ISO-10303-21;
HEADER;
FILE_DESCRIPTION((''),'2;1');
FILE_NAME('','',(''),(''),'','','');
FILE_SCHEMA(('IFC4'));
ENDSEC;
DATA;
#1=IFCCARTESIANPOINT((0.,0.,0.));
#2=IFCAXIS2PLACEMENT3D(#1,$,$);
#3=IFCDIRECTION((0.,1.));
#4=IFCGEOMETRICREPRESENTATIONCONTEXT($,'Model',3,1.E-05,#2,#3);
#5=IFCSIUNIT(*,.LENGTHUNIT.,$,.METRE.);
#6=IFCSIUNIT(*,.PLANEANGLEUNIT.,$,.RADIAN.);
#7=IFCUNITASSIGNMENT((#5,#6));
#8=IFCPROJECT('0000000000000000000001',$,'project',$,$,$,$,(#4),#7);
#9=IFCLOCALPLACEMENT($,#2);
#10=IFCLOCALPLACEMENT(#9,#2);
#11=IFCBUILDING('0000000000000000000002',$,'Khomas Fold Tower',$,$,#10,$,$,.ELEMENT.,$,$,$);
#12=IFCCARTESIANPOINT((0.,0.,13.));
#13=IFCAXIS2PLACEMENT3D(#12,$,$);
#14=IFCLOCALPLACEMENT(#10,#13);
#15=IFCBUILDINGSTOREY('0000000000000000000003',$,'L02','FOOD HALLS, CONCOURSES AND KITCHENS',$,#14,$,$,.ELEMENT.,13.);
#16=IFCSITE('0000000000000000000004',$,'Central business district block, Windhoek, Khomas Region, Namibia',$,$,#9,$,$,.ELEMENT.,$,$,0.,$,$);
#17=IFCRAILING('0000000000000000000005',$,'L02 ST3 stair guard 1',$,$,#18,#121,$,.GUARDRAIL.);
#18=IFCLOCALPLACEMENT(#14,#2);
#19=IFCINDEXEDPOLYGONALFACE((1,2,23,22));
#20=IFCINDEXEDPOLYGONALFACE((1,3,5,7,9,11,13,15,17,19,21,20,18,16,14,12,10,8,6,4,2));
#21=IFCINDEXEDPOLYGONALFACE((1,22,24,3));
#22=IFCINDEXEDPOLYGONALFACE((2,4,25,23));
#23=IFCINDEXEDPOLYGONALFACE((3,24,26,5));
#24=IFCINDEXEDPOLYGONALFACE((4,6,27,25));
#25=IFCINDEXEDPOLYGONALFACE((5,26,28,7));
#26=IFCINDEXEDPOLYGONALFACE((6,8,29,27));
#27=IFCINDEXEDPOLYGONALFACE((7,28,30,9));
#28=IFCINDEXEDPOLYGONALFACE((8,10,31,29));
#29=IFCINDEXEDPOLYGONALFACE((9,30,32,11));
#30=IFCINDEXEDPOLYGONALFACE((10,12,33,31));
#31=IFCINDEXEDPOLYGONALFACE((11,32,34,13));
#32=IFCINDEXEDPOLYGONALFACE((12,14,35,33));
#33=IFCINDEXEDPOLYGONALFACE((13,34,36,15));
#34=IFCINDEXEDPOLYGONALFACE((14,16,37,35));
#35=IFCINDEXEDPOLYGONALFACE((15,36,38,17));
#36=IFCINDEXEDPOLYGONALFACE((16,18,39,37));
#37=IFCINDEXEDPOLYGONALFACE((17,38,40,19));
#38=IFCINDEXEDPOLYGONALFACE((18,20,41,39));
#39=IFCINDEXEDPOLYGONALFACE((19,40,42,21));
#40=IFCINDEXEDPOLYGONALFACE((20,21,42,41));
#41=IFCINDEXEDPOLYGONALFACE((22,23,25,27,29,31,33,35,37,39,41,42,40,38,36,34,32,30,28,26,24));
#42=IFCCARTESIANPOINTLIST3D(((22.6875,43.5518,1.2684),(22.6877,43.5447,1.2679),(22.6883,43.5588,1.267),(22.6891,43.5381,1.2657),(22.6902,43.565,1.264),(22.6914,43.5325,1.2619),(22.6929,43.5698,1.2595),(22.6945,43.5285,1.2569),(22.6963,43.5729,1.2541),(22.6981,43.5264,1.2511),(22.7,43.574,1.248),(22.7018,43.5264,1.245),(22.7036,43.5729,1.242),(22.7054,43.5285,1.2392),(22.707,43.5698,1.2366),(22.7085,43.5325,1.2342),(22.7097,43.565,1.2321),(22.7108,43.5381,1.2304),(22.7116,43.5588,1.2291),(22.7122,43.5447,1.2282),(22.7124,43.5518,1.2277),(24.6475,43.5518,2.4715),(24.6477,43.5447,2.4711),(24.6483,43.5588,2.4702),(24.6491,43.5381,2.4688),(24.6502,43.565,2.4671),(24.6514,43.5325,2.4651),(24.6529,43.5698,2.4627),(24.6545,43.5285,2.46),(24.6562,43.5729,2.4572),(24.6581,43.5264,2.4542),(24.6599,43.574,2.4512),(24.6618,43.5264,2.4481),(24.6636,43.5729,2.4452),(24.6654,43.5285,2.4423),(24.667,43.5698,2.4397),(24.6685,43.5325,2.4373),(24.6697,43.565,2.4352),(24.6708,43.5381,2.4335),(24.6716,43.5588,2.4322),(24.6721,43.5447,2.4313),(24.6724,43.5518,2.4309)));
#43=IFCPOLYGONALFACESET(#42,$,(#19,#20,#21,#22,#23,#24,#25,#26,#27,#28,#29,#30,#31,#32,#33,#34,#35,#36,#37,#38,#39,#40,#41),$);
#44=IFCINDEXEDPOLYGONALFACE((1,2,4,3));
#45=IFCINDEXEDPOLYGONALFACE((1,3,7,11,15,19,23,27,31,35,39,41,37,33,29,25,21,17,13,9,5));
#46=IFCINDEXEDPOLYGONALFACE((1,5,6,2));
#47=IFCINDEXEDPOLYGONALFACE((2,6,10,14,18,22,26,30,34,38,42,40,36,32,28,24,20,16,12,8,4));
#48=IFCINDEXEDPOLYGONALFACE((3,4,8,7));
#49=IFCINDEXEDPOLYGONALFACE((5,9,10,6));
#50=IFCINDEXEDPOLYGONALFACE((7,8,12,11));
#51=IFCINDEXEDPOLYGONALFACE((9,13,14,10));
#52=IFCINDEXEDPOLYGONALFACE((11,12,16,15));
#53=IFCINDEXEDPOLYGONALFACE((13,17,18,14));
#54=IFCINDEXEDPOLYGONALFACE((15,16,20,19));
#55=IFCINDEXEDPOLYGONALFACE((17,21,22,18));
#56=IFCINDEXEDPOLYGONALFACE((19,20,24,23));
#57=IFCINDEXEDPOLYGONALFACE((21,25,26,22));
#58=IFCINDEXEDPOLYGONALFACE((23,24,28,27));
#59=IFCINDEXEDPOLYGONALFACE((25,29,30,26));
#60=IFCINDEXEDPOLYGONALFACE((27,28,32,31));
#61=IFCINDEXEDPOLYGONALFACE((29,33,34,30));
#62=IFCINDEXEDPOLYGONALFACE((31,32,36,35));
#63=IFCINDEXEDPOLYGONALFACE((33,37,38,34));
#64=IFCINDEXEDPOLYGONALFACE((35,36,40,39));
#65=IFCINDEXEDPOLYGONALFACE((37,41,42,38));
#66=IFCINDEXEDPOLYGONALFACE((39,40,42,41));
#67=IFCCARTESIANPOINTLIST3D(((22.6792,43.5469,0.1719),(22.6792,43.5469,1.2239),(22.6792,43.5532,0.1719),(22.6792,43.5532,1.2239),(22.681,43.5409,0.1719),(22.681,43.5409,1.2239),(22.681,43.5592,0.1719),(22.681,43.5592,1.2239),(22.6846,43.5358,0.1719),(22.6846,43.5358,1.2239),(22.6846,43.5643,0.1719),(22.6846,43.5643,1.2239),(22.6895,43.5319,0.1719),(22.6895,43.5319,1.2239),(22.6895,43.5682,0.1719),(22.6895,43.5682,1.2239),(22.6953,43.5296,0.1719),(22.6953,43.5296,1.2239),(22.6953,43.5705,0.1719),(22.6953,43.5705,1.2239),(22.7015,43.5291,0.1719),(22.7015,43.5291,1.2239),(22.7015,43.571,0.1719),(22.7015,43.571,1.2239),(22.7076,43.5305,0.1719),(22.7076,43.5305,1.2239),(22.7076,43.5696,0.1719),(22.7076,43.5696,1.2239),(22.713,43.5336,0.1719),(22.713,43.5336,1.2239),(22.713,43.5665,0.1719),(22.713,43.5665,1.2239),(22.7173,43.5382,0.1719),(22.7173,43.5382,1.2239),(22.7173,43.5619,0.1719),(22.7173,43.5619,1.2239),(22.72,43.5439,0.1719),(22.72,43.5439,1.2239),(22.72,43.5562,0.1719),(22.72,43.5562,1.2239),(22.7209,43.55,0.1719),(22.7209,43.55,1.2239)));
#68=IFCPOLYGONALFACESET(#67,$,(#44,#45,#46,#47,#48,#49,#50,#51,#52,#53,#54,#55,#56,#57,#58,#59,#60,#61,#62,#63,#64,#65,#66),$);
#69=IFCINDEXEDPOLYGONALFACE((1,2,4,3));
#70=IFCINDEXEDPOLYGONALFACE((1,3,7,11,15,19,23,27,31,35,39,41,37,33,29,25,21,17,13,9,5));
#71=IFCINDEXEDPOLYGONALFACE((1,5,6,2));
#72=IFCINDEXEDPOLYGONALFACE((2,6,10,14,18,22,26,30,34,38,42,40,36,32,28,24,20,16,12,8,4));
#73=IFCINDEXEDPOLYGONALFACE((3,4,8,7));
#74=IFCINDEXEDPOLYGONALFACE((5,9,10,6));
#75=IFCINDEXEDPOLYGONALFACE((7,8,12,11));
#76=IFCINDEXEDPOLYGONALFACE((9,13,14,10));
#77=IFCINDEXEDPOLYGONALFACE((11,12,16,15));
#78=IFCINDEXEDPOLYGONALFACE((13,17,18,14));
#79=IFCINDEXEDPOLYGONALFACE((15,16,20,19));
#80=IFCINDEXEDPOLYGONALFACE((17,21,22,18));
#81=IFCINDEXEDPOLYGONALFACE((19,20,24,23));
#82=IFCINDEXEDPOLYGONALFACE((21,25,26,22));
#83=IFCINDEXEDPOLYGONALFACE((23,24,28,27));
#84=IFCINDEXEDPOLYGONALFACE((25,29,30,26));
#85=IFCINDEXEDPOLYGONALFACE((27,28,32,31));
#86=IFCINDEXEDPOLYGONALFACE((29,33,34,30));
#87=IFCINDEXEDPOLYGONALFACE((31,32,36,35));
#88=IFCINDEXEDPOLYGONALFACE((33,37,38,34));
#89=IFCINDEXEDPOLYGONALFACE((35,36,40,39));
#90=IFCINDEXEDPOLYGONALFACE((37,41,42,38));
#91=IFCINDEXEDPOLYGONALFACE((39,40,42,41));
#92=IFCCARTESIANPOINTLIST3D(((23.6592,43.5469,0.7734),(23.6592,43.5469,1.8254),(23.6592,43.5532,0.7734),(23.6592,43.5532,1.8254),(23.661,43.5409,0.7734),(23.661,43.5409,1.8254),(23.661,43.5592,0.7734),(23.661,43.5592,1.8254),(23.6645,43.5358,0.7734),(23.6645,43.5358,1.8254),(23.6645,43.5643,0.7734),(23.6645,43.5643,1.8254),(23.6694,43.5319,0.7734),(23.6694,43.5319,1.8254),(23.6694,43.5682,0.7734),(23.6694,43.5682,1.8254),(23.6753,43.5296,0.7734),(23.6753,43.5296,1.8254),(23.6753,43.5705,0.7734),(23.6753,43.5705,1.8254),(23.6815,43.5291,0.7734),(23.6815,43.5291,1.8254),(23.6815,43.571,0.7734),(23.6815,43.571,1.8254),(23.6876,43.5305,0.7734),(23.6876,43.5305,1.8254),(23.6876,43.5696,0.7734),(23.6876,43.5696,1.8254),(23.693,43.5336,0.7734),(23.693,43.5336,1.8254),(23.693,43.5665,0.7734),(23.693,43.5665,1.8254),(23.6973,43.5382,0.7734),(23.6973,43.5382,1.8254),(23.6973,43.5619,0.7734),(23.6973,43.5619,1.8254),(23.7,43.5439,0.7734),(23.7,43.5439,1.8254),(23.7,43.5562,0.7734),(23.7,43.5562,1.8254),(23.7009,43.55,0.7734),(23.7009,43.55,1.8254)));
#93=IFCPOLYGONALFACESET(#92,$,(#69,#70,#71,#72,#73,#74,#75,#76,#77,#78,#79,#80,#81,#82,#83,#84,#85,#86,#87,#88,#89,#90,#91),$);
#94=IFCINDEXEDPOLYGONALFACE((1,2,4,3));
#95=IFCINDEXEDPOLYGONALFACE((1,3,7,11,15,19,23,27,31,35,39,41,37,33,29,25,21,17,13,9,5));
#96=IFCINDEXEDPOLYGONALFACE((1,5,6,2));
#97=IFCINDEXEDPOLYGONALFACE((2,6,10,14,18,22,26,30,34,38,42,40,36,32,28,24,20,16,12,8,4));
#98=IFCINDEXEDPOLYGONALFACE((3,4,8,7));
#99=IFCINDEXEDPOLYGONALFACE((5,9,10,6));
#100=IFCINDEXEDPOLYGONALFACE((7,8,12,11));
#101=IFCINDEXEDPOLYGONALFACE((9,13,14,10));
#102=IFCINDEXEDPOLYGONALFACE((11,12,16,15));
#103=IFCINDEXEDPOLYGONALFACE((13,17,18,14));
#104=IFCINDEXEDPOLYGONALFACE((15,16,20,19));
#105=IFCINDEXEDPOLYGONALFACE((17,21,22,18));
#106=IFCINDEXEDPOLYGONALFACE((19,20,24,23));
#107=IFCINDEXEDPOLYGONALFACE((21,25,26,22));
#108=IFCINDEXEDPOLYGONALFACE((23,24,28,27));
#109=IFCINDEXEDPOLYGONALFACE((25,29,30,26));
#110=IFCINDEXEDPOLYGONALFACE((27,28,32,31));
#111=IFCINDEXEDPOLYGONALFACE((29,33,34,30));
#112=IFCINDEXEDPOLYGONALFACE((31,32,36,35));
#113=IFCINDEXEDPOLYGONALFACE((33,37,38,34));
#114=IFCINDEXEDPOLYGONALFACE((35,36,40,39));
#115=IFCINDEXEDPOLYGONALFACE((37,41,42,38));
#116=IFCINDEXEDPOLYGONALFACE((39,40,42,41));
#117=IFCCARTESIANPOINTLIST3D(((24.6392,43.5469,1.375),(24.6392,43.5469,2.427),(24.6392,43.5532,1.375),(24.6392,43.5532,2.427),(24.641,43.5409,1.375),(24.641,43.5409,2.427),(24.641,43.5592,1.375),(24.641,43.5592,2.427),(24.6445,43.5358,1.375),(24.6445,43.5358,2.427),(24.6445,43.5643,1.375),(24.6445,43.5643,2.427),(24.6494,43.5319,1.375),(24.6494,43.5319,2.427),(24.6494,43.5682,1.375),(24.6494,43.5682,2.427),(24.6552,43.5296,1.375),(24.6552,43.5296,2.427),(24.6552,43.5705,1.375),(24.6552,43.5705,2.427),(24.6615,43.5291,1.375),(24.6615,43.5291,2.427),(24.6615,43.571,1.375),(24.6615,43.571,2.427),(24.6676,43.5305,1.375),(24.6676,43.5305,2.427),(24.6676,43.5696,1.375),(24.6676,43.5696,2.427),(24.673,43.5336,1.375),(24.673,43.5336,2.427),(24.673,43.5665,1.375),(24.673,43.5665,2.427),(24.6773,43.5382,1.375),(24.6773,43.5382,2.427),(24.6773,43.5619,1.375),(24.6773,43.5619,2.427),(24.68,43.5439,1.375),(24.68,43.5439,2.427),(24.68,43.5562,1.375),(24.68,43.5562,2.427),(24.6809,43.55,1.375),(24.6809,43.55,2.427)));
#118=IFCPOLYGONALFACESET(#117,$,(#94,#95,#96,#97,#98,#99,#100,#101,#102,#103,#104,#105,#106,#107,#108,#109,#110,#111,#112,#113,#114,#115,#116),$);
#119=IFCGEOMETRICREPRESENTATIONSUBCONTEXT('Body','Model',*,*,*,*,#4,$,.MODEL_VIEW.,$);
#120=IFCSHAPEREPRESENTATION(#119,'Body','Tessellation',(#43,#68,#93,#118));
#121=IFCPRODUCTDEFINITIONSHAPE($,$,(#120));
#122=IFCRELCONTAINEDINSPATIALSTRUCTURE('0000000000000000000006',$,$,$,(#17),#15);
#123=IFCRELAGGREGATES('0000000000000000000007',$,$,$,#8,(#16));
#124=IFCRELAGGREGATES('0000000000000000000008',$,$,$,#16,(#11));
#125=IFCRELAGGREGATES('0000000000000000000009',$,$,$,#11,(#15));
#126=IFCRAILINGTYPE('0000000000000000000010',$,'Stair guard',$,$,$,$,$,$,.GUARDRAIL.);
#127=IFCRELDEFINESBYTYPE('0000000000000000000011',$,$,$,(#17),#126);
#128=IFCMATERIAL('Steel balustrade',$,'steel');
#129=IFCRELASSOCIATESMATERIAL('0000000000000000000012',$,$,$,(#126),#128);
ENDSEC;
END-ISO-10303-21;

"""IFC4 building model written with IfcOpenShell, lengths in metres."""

from ifc_helpers import new_model, si_unit, direction, frame, origin, origin_2d, place, context, subcontext, project, spatial, circle, extrude, source, transform, mapped, material, type_object, element, save


model = new_model("IFC4")

# Units and contexts
model_context = context("Model", 3, precision=1e-05, world=origin(), true_north=direction((0.0, 1.0)))
body_context = subcontext(model_context, "Body", "Model", "MODEL_VIEW")
ifc_project = project(units=[si_unit("LENGTHUNIT", "METRE"), si_unit("PLANEANGLEUNIT", "RADIAN")], contexts=[model_context])

# Site, building, storey
site_placement = place(None, origin())
site = spatial("IfcSite", under=ifc_project, at=site_placement, Name="Central business district block, Windhoek, Khomas Region, Namibia", CompositionType="ELEMENT", RefElevation=0.0)
building_placement = place(site_placement, origin())
building = spatial("IfcBuilding", under=site, at=building_placement, Name="Khomas Fold Tower", CompositionType="ELEMENT")
storey_placement = place(building_placement, frame((0.0, 0.0, 13.0)))
storey = spatial("IfcBuildingStorey", under=building, at=storey_placement, Name="L02", Description="FOOD HALLS, CONCOURSES AND KITCHENS", CompositionType="ELEMENT", Elevation=13.0)

# Railing
ifc_material_1 = material(Name="Steel balustrade", Category="steel")
railing_type_1 = type_object("IfcRailingType", Name="Stair guard", PredefinedType="GUARDRAIL", material=ifc_material_1)
shared_shape_1 = source(origin(), body_context, "Body", "SweptSolid", [
    extrude(circle(Radius=0.0239, at=origin_2d()), frame((0.0, 0.0, 1.0762), z_axis=(0.852241, 0.0, 0.523149), x_axis=(0.0, 1.0, 0.0)), (0.0, 0.0, 1.0), 2.2998),
    extrude(circle(Radius=0.021, at=origin_2d()), origin(), (0.0, 0.0, 1.0), 1.052),
    extrude(circle(Radius=0.021, at=origin_2d()), frame((0.98, 0.0, 0.6016)), (0.0, 0.0, 1.0), 1.052),
    extrude(circle(Radius=0.021, at=origin_2d()), frame((1.96, 0.0, 1.2031)), (0.0, 0.0, 1.0), 1.052),
])
for number, where, name in (
    (1, (22.7, 43.55, 0.1719), "L02 ST3 stair guard 1"),
):
    element("IfcRailing", number, at=place(storey_placement, frame(where)), inside=storey, type_object=railing_type_1, Name=name, PredefinedType="GUARDRAIL", context=body_context, shape_type="MappedRepresentation", body=[
        mapped(shared_shape_1, transform((0.0, 0.0, 0.0))),
    ])

save(model, "model.ifc")
